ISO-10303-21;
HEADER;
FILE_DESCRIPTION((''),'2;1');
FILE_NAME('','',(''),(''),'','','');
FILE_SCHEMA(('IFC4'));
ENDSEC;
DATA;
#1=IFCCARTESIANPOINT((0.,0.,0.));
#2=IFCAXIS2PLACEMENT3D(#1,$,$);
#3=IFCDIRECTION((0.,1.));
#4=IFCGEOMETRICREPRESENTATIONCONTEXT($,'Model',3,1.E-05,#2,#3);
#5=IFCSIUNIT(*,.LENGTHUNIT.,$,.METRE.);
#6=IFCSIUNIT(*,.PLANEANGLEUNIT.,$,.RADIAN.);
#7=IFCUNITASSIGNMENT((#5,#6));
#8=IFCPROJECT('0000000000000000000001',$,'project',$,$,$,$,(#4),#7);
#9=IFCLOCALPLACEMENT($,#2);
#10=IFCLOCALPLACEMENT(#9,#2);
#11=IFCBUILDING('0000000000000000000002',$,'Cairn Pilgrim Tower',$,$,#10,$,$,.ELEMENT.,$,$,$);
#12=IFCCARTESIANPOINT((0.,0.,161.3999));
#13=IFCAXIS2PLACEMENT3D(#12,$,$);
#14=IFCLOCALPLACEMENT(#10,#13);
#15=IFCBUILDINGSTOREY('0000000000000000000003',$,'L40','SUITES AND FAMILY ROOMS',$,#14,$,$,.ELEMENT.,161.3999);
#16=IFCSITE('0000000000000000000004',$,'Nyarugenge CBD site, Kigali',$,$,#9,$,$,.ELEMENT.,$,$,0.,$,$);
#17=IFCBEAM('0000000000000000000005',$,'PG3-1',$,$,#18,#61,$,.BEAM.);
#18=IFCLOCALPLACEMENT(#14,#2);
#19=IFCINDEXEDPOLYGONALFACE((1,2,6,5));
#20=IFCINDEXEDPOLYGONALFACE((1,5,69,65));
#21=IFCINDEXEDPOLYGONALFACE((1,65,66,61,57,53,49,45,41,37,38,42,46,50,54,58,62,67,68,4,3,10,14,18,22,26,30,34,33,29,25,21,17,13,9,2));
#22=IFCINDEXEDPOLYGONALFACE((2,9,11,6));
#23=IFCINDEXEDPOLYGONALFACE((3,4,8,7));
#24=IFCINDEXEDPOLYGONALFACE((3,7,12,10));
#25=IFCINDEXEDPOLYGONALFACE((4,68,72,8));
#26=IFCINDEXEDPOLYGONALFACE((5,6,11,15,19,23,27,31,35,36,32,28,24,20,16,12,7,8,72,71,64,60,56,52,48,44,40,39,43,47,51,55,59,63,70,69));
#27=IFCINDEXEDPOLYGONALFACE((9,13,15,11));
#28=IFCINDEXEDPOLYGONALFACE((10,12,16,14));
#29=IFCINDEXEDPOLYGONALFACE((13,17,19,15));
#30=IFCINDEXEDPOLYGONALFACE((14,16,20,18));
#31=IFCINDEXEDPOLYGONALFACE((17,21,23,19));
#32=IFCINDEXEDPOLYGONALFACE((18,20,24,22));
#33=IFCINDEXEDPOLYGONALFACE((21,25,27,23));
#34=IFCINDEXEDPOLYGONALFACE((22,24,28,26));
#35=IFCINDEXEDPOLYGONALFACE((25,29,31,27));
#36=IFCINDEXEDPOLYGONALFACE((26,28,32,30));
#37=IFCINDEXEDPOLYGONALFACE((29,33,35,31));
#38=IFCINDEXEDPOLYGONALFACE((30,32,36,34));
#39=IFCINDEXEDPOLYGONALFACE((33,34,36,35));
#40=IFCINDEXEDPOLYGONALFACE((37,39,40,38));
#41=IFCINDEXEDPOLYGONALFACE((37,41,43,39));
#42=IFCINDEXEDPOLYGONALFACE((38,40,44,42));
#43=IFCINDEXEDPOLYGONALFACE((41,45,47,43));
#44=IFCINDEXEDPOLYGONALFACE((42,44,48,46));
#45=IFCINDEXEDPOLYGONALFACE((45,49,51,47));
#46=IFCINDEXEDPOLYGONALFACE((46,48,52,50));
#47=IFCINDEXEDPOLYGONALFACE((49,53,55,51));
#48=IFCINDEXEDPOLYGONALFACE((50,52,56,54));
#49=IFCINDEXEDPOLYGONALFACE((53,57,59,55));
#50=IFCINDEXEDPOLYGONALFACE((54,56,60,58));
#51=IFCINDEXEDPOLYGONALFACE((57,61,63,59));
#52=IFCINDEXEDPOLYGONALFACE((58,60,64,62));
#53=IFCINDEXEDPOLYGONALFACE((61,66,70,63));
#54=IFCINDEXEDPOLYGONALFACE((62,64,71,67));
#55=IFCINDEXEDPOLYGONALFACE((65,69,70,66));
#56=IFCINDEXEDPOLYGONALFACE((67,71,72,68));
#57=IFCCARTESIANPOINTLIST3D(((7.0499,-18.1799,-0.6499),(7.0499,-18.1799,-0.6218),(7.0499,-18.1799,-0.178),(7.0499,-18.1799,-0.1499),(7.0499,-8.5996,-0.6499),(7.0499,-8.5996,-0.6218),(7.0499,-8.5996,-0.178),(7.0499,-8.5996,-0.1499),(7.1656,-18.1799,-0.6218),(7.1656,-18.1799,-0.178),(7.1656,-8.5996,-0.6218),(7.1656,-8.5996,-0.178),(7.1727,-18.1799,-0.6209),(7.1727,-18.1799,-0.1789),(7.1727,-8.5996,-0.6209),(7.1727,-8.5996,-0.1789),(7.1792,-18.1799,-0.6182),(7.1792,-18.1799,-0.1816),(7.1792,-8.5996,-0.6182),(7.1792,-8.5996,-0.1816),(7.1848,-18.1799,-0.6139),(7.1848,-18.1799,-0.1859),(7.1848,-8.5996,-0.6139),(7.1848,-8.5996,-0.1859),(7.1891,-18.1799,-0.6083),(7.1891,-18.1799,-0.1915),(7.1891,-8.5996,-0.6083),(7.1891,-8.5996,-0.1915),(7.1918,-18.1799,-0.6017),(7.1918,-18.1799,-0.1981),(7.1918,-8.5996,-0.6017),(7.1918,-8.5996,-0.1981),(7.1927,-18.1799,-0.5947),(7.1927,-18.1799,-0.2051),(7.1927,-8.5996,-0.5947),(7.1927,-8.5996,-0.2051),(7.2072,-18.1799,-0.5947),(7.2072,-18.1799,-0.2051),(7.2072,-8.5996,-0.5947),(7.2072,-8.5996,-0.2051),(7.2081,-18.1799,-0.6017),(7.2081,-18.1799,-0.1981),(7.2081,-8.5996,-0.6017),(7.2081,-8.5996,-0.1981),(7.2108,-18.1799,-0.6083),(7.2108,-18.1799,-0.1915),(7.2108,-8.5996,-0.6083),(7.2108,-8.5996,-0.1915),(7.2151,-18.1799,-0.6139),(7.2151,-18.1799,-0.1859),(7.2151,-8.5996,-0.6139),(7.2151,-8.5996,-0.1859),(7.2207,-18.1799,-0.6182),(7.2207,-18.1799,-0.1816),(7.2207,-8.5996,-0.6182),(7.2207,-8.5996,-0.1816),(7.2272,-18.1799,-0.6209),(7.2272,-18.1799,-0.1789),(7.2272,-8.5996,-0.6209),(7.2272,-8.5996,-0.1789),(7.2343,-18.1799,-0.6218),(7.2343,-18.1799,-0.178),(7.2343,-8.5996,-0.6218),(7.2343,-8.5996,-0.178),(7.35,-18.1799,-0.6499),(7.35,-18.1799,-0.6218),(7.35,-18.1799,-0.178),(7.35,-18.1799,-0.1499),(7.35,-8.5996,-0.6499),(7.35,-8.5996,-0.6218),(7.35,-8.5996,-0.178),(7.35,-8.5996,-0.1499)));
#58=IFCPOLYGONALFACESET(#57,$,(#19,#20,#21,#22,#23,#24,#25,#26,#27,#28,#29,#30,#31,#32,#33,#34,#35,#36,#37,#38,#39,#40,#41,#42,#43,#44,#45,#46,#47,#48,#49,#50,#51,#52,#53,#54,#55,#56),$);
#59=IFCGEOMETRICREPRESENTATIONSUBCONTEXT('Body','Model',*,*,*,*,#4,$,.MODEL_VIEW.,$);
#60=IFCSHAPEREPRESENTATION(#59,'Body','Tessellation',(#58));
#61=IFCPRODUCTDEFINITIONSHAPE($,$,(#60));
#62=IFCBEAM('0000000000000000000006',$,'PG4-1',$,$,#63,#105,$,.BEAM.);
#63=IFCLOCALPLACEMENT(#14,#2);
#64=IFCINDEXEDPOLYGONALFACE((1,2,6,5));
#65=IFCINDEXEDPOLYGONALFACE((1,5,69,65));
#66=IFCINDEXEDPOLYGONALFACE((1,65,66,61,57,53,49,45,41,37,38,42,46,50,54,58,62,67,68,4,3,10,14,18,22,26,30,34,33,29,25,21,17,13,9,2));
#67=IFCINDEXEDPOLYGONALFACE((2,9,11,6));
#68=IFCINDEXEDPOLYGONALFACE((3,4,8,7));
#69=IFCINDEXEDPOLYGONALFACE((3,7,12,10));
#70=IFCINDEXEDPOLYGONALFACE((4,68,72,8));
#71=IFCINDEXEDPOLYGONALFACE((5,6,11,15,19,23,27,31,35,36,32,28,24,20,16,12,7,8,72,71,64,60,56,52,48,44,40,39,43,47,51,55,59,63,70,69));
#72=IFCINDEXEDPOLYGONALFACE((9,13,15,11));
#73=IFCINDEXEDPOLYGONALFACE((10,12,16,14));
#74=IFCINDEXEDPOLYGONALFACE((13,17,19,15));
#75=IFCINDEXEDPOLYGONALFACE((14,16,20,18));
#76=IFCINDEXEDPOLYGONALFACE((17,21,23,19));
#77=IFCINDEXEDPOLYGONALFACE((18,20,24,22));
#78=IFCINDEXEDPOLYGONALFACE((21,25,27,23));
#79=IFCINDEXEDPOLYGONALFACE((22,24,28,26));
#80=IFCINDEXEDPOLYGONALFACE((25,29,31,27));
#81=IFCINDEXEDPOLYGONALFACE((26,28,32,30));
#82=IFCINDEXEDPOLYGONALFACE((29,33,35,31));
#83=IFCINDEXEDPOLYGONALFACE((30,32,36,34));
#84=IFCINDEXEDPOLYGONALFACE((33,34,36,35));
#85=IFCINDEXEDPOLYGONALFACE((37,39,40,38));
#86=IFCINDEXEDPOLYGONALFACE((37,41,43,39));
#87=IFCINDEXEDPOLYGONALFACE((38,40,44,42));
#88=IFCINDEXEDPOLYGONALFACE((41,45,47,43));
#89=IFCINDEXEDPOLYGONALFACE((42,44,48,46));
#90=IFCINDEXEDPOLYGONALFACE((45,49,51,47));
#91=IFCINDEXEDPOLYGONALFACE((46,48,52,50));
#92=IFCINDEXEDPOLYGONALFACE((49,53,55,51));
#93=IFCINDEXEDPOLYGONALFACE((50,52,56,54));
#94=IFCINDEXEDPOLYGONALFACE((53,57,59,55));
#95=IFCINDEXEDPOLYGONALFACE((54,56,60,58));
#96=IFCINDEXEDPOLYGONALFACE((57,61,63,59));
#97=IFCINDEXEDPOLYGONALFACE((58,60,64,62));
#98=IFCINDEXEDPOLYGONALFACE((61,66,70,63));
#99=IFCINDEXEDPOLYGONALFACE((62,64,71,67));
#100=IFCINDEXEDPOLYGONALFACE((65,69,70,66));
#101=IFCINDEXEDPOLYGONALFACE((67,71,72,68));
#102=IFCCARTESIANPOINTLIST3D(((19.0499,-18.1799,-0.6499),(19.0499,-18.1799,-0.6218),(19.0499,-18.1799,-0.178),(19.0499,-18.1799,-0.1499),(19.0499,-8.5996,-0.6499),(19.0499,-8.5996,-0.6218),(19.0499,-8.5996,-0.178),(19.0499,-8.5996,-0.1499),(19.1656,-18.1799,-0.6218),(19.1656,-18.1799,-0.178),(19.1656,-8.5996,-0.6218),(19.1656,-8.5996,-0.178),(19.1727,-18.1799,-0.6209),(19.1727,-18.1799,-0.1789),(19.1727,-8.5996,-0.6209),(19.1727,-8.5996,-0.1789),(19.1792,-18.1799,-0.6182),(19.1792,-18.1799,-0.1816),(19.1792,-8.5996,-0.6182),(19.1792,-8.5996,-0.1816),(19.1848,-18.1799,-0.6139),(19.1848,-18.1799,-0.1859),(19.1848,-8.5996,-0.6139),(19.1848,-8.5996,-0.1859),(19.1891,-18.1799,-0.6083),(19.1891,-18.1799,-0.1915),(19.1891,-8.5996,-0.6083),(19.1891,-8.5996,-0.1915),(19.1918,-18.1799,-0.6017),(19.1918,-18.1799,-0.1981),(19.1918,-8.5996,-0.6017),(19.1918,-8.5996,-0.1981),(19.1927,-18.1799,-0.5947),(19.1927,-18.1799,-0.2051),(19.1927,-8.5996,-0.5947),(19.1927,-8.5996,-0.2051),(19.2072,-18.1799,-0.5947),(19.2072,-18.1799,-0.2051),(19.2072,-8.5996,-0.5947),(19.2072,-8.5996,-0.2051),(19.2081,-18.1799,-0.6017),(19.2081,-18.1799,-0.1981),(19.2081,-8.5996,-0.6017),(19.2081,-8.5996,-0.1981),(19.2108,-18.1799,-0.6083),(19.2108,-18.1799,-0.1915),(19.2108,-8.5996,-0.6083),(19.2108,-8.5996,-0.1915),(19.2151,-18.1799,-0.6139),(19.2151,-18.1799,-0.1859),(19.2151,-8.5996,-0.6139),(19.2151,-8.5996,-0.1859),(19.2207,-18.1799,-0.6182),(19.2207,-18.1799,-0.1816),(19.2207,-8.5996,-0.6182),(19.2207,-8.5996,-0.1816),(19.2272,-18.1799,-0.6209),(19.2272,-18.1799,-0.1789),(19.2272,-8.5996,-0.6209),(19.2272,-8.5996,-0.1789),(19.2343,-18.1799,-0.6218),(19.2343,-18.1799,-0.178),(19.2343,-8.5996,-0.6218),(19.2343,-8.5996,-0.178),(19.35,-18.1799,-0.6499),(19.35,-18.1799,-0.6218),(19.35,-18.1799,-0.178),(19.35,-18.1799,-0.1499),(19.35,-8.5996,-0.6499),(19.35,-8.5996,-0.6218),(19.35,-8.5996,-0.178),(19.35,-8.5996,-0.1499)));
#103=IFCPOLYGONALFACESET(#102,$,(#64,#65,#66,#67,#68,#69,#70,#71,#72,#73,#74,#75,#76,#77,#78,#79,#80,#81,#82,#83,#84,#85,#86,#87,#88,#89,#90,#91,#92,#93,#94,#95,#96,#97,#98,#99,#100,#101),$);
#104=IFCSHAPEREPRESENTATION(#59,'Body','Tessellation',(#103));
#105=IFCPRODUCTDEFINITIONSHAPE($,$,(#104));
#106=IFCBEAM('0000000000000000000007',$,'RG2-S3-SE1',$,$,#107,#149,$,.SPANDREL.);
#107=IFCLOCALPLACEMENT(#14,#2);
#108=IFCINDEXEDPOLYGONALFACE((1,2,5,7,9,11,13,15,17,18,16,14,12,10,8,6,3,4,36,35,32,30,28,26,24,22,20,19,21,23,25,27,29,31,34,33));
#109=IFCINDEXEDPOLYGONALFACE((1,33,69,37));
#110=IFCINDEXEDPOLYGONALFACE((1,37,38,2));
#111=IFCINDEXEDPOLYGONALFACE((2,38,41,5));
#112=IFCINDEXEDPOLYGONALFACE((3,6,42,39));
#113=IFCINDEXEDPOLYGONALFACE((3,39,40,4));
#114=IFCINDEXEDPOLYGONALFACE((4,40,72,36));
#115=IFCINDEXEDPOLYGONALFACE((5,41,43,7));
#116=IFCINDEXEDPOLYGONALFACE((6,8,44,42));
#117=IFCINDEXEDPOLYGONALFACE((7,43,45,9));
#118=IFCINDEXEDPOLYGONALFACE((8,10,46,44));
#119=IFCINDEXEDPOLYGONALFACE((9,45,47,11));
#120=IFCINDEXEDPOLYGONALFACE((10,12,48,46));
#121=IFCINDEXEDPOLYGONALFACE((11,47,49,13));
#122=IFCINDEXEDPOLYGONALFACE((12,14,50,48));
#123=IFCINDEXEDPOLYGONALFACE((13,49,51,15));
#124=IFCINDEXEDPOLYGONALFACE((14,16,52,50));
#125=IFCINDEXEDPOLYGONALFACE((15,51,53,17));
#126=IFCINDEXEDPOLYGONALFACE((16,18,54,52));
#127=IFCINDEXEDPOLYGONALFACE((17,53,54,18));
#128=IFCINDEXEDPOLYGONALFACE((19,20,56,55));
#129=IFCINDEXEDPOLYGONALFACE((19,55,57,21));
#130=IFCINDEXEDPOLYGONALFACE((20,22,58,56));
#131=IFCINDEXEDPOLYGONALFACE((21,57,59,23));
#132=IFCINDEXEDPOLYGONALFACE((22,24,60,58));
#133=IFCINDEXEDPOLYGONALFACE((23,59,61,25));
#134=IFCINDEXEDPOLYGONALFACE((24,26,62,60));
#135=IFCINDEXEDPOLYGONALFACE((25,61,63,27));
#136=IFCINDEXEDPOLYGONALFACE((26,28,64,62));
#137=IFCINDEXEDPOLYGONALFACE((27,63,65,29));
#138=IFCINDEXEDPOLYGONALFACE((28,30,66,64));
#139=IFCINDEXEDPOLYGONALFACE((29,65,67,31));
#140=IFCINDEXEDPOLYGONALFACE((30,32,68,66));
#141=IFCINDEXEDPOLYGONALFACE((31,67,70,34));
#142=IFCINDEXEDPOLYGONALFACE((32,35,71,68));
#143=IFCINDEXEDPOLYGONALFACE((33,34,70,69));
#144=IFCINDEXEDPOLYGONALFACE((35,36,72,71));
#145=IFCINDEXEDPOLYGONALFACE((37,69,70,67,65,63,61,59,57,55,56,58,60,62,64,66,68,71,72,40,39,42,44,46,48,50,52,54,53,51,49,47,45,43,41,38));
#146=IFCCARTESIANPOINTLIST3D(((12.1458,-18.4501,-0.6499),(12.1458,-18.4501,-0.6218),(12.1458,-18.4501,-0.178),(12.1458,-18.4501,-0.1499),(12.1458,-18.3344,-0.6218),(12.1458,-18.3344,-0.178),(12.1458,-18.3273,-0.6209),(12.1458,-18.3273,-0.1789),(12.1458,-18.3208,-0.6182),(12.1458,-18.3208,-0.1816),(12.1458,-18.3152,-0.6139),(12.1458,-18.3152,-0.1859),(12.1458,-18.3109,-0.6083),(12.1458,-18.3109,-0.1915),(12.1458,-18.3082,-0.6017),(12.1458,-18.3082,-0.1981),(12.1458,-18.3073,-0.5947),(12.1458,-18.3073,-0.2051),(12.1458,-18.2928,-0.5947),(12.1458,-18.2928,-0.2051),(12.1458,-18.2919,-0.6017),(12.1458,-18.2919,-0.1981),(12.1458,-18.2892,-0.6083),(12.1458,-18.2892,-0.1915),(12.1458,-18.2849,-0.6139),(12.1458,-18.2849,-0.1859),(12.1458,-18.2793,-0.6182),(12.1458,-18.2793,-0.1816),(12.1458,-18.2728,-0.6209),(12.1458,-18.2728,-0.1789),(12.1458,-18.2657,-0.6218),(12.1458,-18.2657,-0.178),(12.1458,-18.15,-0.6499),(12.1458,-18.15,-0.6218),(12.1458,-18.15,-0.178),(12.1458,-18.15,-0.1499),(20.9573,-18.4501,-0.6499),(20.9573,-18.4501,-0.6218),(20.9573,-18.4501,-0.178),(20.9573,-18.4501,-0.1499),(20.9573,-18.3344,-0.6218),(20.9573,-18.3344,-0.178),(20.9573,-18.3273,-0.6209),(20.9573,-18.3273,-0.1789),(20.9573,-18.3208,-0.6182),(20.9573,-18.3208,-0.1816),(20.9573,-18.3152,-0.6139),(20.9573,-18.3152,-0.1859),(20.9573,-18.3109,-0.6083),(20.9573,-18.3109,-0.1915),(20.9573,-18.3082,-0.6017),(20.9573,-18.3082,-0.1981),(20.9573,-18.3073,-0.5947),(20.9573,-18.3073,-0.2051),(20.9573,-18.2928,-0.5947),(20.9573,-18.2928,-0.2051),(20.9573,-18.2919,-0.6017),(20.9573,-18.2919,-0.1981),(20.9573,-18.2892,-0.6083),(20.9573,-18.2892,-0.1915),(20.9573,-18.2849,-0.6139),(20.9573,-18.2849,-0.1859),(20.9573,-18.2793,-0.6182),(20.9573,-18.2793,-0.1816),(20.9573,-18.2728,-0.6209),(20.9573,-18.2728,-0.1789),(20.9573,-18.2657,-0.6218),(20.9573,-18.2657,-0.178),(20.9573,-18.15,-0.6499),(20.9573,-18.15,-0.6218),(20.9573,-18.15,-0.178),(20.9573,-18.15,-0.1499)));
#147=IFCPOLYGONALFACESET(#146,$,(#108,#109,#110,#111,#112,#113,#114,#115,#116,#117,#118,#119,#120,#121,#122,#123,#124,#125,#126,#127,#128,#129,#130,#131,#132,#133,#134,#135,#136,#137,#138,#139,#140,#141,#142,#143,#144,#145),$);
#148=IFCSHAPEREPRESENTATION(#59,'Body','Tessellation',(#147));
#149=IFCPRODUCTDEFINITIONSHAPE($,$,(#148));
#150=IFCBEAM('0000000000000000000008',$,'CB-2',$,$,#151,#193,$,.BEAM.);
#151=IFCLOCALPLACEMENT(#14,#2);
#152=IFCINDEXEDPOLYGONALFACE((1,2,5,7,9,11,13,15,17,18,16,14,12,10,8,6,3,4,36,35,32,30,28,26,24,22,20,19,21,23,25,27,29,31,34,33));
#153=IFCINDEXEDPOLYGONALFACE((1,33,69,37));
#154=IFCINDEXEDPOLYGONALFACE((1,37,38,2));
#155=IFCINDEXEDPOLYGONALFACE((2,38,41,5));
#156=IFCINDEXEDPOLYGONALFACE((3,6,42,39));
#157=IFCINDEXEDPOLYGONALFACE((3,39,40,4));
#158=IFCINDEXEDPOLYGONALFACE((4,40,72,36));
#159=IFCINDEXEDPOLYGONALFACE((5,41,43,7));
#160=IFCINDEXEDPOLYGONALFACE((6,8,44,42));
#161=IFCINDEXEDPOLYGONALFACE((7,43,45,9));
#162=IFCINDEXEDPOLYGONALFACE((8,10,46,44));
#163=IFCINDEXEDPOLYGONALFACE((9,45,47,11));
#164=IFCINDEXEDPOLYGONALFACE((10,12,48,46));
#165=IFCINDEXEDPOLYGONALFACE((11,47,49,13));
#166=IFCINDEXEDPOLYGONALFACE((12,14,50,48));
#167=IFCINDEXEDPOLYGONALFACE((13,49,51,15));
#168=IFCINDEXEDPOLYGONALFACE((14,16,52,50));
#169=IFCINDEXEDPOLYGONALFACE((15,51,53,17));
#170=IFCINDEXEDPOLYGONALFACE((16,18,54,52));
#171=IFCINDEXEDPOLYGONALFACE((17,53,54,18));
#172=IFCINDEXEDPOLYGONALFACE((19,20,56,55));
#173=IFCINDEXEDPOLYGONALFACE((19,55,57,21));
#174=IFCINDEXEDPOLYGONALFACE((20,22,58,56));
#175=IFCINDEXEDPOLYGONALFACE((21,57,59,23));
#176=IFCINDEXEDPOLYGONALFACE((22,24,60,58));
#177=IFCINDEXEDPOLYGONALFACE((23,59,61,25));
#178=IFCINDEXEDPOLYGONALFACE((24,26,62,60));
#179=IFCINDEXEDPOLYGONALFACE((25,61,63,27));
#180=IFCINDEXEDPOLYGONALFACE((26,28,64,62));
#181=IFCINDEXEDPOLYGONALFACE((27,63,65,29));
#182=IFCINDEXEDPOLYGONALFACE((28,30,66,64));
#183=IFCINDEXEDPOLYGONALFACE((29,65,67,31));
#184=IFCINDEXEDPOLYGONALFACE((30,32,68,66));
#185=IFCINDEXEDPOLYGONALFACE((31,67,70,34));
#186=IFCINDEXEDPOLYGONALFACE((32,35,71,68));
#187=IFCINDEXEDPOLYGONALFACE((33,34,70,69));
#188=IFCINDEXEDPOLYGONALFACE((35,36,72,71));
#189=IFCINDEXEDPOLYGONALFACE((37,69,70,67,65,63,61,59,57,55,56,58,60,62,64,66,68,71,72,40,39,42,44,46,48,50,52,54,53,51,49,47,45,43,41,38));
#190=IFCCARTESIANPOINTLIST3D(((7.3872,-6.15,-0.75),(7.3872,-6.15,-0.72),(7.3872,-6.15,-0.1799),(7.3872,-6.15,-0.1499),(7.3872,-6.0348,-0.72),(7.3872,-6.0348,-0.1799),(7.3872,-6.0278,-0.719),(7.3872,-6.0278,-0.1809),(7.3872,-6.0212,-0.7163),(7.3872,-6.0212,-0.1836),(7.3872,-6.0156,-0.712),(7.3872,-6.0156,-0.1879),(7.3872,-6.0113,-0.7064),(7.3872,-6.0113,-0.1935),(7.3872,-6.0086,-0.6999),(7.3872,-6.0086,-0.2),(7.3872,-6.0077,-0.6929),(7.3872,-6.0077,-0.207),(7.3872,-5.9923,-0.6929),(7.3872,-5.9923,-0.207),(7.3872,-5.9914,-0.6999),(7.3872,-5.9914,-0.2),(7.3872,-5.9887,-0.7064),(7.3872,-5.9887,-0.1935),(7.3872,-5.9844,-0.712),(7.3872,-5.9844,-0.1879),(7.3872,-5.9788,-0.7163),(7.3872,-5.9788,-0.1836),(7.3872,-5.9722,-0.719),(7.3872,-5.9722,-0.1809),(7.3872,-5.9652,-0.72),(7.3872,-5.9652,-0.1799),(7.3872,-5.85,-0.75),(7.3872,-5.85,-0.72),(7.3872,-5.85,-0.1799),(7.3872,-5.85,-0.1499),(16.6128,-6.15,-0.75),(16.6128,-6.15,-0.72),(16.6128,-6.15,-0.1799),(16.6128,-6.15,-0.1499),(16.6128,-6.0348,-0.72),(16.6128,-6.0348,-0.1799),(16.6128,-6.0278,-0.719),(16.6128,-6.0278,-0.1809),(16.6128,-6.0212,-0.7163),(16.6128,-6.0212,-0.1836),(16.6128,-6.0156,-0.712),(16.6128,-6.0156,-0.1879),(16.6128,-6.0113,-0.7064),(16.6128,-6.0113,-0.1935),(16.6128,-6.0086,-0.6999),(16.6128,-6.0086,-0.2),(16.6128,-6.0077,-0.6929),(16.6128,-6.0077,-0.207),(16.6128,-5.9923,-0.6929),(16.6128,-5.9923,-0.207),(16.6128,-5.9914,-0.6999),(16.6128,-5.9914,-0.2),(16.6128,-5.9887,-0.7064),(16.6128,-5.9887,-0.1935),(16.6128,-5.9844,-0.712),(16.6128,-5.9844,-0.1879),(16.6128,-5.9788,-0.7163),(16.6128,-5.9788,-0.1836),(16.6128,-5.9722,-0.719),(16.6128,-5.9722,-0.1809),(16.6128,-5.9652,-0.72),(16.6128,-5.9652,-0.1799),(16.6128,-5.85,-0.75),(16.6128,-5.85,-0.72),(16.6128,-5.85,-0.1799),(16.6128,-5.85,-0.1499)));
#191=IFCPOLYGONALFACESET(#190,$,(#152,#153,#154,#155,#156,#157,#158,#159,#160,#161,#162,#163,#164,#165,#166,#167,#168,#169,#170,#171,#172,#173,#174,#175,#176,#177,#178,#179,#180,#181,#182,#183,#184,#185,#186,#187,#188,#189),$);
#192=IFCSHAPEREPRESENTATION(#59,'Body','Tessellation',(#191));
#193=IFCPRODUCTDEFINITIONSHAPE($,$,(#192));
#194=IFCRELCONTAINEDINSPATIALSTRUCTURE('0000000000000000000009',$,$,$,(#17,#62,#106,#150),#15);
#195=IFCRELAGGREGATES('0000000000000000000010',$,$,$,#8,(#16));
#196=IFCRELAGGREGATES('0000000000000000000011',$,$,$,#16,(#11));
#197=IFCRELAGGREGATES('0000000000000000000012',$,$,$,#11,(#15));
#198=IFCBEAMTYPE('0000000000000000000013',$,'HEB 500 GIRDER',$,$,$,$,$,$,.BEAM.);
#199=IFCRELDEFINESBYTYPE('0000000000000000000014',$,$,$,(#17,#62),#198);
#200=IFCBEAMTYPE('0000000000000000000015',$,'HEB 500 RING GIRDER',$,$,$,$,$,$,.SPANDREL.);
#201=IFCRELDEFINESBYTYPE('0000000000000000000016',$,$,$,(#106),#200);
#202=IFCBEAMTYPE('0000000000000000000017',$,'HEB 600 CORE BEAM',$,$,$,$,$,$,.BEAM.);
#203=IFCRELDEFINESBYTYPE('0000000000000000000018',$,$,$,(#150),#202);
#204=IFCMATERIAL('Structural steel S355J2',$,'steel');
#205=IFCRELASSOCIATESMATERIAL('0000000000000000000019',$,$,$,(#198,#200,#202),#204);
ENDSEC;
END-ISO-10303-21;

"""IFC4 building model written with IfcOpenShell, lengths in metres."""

from ifc_helpers import new_model, si_unit, direction, frame, origin, origin_2d, place, context, subcontext, project, spatial, i_section, extrude, material, material_profile, profile_set, type_object, element, save


model = new_model("IFC4")

# Units and contexts
model_context = context("Model", 3, precision=1e-05, world=origin(), true_north=direction((0.0, 1.0)))
body_context = subcontext(model_context, "Body", "Model", "MODEL_VIEW")
ifc_project = project(units=[si_unit("LENGTHUNIT", "METRE"), si_unit("PLANEANGLEUNIT", "RADIAN")], contexts=[model_context])

# Site, building, storey
site_placement = place(None, origin())
site = spatial("IfcSite", under=ifc_project, at=site_placement, Name="Nyarugenge CBD site, Kigali", CompositionType="ELEMENT", RefElevation=0.0)
building_placement = place(site_placement, origin())
building = spatial("IfcBuilding", under=site, at=building_placement, Name="Cairn Pilgrim Tower", CompositionType="ELEMENT")
storey_placement = place(building_placement, frame((0.0, 0.0, 161.3999)))
storey = spatial("IfcBuildingStorey", under=building, at=storey_placement, Name="L40", Description="SUITES AND FAMILY ROOMS", CompositionType="ELEMENT", Elevation=161.3999)

# Shared definitions
ifc_material_1 = material(Name="Structural steel S355J2", Category="steel")

# Beams
ifc_material_profile_1 = material_profile(ifc_material_1, i_section(OverallWidth=0.3, OverallDepth=0.5, WebThickness=0.0144, FlangeThickness=0.0281, FilletRadius=0.0271, at=origin_2d()), Name="HEB 500")
ifc_profile_set_1 = profile_set([ifc_material_profile_1], Name="Structural steel S355J2")
beam_type_1 = type_object("IfcBeamType", Name="HEB 500 GIRDER", PredefinedType="BEAM", material=ifc_profile_set_1)
for number, where, z_axis, x_axis, name in (
    (1, (7.2, -18.1799, -0.3999), (0.0, 1.0, 0.0), (-1.0, 0.0, 0.0), "PG3-1"),
    (2, (19.2, -18.1799, -0.3999), (0.0, 1.0, 0.0), (-1.0, 0.0, 0.0), "PG4-1"),
):
    element("IfcBeam", number, at=place(storey_placement, frame(where, z_axis=z_axis, x_axis=x_axis)), inside=storey, type_object=beam_type_1, Name=name, PredefinedType="BEAM", context=body_context, shape_type="SweptSolid", body=[
        extrude(i_section(OverallWidth=0.3, OverallDepth=0.5, WebThickness=0.0144, FlangeThickness=0.0281, FilletRadius=0.0271, at=origin_2d()), origin(), (0.0, 0.0, 1.0), 9.5803),
    ])
ifc_material_profile_2 = material_profile(ifc_material_1, i_section(OverallWidth=0.3, OverallDepth=0.5, WebThickness=0.0144, FlangeThickness=0.0281, FilletRadius=0.0271, at=origin_2d()), Name="HEB 500")
ifc_profile_set_2 = profile_set([ifc_material_profile_2], Name="Structural steel S355J2")
beam_type_2 = type_object("IfcBeamType", Name="HEB 500 RING GIRDER", PredefinedType="SPANDREL", material=ifc_profile_set_2)
beam_1_placement = place(storey_placement, frame((12.1458, -18.3, -0.3999), z_axis=(1.0, 0.0, 0.0), x_axis=(0.0, 1.0, 0.0)))
element("IfcBeam", 3, at=beam_1_placement, inside=storey, type_object=beam_type_2, Name="RG2-S3-SE1", PredefinedType="SPANDREL", context=body_context, shape_type="SweptSolid", body=[
    extrude(i_section(OverallWidth=0.3, OverallDepth=0.5, WebThickness=0.0144, FlangeThickness=0.0281, FilletRadius=0.0271, at=origin_2d()), origin(), (0.0, 0.0, 1.0), 8.8115),
])
ifc_material_profile_3 = material_profile(ifc_material_1, i_section(OverallWidth=0.3, OverallDepth=0.6001, WebThickness=0.0154, FlangeThickness=0.03, FilletRadius=0.0271, at=origin_2d()), Name="HEB 600")
ifc_profile_set_3 = profile_set([ifc_material_profile_3], Name="Structural steel S355J2")
beam_type_3 = type_object("IfcBeamType", Name="HEB 600 CORE BEAM", PredefinedType="BEAM", material=ifc_profile_set_3)
beam_2_placement = place(storey_placement, frame((7.3872, -6.0, -0.45), z_axis=(1.0, 0.0, 0.0), x_axis=(0.0, 1.0, 0.0)))
element("IfcBeam", 4, at=beam_2_placement, inside=storey, type_object=beam_type_3, Name="CB-2", PredefinedType="BEAM", context=body_context, shape_type="SweptSolid", body=[
    extrude(i_section(OverallWidth=0.3, OverallDepth=0.6001, WebThickness=0.0154, FlangeThickness=0.03, FilletRadius=0.0271, at=origin_2d()), origin(), (0.0, 0.0, 1.0), 9.2256),
])

save(model, "model.ifc")
